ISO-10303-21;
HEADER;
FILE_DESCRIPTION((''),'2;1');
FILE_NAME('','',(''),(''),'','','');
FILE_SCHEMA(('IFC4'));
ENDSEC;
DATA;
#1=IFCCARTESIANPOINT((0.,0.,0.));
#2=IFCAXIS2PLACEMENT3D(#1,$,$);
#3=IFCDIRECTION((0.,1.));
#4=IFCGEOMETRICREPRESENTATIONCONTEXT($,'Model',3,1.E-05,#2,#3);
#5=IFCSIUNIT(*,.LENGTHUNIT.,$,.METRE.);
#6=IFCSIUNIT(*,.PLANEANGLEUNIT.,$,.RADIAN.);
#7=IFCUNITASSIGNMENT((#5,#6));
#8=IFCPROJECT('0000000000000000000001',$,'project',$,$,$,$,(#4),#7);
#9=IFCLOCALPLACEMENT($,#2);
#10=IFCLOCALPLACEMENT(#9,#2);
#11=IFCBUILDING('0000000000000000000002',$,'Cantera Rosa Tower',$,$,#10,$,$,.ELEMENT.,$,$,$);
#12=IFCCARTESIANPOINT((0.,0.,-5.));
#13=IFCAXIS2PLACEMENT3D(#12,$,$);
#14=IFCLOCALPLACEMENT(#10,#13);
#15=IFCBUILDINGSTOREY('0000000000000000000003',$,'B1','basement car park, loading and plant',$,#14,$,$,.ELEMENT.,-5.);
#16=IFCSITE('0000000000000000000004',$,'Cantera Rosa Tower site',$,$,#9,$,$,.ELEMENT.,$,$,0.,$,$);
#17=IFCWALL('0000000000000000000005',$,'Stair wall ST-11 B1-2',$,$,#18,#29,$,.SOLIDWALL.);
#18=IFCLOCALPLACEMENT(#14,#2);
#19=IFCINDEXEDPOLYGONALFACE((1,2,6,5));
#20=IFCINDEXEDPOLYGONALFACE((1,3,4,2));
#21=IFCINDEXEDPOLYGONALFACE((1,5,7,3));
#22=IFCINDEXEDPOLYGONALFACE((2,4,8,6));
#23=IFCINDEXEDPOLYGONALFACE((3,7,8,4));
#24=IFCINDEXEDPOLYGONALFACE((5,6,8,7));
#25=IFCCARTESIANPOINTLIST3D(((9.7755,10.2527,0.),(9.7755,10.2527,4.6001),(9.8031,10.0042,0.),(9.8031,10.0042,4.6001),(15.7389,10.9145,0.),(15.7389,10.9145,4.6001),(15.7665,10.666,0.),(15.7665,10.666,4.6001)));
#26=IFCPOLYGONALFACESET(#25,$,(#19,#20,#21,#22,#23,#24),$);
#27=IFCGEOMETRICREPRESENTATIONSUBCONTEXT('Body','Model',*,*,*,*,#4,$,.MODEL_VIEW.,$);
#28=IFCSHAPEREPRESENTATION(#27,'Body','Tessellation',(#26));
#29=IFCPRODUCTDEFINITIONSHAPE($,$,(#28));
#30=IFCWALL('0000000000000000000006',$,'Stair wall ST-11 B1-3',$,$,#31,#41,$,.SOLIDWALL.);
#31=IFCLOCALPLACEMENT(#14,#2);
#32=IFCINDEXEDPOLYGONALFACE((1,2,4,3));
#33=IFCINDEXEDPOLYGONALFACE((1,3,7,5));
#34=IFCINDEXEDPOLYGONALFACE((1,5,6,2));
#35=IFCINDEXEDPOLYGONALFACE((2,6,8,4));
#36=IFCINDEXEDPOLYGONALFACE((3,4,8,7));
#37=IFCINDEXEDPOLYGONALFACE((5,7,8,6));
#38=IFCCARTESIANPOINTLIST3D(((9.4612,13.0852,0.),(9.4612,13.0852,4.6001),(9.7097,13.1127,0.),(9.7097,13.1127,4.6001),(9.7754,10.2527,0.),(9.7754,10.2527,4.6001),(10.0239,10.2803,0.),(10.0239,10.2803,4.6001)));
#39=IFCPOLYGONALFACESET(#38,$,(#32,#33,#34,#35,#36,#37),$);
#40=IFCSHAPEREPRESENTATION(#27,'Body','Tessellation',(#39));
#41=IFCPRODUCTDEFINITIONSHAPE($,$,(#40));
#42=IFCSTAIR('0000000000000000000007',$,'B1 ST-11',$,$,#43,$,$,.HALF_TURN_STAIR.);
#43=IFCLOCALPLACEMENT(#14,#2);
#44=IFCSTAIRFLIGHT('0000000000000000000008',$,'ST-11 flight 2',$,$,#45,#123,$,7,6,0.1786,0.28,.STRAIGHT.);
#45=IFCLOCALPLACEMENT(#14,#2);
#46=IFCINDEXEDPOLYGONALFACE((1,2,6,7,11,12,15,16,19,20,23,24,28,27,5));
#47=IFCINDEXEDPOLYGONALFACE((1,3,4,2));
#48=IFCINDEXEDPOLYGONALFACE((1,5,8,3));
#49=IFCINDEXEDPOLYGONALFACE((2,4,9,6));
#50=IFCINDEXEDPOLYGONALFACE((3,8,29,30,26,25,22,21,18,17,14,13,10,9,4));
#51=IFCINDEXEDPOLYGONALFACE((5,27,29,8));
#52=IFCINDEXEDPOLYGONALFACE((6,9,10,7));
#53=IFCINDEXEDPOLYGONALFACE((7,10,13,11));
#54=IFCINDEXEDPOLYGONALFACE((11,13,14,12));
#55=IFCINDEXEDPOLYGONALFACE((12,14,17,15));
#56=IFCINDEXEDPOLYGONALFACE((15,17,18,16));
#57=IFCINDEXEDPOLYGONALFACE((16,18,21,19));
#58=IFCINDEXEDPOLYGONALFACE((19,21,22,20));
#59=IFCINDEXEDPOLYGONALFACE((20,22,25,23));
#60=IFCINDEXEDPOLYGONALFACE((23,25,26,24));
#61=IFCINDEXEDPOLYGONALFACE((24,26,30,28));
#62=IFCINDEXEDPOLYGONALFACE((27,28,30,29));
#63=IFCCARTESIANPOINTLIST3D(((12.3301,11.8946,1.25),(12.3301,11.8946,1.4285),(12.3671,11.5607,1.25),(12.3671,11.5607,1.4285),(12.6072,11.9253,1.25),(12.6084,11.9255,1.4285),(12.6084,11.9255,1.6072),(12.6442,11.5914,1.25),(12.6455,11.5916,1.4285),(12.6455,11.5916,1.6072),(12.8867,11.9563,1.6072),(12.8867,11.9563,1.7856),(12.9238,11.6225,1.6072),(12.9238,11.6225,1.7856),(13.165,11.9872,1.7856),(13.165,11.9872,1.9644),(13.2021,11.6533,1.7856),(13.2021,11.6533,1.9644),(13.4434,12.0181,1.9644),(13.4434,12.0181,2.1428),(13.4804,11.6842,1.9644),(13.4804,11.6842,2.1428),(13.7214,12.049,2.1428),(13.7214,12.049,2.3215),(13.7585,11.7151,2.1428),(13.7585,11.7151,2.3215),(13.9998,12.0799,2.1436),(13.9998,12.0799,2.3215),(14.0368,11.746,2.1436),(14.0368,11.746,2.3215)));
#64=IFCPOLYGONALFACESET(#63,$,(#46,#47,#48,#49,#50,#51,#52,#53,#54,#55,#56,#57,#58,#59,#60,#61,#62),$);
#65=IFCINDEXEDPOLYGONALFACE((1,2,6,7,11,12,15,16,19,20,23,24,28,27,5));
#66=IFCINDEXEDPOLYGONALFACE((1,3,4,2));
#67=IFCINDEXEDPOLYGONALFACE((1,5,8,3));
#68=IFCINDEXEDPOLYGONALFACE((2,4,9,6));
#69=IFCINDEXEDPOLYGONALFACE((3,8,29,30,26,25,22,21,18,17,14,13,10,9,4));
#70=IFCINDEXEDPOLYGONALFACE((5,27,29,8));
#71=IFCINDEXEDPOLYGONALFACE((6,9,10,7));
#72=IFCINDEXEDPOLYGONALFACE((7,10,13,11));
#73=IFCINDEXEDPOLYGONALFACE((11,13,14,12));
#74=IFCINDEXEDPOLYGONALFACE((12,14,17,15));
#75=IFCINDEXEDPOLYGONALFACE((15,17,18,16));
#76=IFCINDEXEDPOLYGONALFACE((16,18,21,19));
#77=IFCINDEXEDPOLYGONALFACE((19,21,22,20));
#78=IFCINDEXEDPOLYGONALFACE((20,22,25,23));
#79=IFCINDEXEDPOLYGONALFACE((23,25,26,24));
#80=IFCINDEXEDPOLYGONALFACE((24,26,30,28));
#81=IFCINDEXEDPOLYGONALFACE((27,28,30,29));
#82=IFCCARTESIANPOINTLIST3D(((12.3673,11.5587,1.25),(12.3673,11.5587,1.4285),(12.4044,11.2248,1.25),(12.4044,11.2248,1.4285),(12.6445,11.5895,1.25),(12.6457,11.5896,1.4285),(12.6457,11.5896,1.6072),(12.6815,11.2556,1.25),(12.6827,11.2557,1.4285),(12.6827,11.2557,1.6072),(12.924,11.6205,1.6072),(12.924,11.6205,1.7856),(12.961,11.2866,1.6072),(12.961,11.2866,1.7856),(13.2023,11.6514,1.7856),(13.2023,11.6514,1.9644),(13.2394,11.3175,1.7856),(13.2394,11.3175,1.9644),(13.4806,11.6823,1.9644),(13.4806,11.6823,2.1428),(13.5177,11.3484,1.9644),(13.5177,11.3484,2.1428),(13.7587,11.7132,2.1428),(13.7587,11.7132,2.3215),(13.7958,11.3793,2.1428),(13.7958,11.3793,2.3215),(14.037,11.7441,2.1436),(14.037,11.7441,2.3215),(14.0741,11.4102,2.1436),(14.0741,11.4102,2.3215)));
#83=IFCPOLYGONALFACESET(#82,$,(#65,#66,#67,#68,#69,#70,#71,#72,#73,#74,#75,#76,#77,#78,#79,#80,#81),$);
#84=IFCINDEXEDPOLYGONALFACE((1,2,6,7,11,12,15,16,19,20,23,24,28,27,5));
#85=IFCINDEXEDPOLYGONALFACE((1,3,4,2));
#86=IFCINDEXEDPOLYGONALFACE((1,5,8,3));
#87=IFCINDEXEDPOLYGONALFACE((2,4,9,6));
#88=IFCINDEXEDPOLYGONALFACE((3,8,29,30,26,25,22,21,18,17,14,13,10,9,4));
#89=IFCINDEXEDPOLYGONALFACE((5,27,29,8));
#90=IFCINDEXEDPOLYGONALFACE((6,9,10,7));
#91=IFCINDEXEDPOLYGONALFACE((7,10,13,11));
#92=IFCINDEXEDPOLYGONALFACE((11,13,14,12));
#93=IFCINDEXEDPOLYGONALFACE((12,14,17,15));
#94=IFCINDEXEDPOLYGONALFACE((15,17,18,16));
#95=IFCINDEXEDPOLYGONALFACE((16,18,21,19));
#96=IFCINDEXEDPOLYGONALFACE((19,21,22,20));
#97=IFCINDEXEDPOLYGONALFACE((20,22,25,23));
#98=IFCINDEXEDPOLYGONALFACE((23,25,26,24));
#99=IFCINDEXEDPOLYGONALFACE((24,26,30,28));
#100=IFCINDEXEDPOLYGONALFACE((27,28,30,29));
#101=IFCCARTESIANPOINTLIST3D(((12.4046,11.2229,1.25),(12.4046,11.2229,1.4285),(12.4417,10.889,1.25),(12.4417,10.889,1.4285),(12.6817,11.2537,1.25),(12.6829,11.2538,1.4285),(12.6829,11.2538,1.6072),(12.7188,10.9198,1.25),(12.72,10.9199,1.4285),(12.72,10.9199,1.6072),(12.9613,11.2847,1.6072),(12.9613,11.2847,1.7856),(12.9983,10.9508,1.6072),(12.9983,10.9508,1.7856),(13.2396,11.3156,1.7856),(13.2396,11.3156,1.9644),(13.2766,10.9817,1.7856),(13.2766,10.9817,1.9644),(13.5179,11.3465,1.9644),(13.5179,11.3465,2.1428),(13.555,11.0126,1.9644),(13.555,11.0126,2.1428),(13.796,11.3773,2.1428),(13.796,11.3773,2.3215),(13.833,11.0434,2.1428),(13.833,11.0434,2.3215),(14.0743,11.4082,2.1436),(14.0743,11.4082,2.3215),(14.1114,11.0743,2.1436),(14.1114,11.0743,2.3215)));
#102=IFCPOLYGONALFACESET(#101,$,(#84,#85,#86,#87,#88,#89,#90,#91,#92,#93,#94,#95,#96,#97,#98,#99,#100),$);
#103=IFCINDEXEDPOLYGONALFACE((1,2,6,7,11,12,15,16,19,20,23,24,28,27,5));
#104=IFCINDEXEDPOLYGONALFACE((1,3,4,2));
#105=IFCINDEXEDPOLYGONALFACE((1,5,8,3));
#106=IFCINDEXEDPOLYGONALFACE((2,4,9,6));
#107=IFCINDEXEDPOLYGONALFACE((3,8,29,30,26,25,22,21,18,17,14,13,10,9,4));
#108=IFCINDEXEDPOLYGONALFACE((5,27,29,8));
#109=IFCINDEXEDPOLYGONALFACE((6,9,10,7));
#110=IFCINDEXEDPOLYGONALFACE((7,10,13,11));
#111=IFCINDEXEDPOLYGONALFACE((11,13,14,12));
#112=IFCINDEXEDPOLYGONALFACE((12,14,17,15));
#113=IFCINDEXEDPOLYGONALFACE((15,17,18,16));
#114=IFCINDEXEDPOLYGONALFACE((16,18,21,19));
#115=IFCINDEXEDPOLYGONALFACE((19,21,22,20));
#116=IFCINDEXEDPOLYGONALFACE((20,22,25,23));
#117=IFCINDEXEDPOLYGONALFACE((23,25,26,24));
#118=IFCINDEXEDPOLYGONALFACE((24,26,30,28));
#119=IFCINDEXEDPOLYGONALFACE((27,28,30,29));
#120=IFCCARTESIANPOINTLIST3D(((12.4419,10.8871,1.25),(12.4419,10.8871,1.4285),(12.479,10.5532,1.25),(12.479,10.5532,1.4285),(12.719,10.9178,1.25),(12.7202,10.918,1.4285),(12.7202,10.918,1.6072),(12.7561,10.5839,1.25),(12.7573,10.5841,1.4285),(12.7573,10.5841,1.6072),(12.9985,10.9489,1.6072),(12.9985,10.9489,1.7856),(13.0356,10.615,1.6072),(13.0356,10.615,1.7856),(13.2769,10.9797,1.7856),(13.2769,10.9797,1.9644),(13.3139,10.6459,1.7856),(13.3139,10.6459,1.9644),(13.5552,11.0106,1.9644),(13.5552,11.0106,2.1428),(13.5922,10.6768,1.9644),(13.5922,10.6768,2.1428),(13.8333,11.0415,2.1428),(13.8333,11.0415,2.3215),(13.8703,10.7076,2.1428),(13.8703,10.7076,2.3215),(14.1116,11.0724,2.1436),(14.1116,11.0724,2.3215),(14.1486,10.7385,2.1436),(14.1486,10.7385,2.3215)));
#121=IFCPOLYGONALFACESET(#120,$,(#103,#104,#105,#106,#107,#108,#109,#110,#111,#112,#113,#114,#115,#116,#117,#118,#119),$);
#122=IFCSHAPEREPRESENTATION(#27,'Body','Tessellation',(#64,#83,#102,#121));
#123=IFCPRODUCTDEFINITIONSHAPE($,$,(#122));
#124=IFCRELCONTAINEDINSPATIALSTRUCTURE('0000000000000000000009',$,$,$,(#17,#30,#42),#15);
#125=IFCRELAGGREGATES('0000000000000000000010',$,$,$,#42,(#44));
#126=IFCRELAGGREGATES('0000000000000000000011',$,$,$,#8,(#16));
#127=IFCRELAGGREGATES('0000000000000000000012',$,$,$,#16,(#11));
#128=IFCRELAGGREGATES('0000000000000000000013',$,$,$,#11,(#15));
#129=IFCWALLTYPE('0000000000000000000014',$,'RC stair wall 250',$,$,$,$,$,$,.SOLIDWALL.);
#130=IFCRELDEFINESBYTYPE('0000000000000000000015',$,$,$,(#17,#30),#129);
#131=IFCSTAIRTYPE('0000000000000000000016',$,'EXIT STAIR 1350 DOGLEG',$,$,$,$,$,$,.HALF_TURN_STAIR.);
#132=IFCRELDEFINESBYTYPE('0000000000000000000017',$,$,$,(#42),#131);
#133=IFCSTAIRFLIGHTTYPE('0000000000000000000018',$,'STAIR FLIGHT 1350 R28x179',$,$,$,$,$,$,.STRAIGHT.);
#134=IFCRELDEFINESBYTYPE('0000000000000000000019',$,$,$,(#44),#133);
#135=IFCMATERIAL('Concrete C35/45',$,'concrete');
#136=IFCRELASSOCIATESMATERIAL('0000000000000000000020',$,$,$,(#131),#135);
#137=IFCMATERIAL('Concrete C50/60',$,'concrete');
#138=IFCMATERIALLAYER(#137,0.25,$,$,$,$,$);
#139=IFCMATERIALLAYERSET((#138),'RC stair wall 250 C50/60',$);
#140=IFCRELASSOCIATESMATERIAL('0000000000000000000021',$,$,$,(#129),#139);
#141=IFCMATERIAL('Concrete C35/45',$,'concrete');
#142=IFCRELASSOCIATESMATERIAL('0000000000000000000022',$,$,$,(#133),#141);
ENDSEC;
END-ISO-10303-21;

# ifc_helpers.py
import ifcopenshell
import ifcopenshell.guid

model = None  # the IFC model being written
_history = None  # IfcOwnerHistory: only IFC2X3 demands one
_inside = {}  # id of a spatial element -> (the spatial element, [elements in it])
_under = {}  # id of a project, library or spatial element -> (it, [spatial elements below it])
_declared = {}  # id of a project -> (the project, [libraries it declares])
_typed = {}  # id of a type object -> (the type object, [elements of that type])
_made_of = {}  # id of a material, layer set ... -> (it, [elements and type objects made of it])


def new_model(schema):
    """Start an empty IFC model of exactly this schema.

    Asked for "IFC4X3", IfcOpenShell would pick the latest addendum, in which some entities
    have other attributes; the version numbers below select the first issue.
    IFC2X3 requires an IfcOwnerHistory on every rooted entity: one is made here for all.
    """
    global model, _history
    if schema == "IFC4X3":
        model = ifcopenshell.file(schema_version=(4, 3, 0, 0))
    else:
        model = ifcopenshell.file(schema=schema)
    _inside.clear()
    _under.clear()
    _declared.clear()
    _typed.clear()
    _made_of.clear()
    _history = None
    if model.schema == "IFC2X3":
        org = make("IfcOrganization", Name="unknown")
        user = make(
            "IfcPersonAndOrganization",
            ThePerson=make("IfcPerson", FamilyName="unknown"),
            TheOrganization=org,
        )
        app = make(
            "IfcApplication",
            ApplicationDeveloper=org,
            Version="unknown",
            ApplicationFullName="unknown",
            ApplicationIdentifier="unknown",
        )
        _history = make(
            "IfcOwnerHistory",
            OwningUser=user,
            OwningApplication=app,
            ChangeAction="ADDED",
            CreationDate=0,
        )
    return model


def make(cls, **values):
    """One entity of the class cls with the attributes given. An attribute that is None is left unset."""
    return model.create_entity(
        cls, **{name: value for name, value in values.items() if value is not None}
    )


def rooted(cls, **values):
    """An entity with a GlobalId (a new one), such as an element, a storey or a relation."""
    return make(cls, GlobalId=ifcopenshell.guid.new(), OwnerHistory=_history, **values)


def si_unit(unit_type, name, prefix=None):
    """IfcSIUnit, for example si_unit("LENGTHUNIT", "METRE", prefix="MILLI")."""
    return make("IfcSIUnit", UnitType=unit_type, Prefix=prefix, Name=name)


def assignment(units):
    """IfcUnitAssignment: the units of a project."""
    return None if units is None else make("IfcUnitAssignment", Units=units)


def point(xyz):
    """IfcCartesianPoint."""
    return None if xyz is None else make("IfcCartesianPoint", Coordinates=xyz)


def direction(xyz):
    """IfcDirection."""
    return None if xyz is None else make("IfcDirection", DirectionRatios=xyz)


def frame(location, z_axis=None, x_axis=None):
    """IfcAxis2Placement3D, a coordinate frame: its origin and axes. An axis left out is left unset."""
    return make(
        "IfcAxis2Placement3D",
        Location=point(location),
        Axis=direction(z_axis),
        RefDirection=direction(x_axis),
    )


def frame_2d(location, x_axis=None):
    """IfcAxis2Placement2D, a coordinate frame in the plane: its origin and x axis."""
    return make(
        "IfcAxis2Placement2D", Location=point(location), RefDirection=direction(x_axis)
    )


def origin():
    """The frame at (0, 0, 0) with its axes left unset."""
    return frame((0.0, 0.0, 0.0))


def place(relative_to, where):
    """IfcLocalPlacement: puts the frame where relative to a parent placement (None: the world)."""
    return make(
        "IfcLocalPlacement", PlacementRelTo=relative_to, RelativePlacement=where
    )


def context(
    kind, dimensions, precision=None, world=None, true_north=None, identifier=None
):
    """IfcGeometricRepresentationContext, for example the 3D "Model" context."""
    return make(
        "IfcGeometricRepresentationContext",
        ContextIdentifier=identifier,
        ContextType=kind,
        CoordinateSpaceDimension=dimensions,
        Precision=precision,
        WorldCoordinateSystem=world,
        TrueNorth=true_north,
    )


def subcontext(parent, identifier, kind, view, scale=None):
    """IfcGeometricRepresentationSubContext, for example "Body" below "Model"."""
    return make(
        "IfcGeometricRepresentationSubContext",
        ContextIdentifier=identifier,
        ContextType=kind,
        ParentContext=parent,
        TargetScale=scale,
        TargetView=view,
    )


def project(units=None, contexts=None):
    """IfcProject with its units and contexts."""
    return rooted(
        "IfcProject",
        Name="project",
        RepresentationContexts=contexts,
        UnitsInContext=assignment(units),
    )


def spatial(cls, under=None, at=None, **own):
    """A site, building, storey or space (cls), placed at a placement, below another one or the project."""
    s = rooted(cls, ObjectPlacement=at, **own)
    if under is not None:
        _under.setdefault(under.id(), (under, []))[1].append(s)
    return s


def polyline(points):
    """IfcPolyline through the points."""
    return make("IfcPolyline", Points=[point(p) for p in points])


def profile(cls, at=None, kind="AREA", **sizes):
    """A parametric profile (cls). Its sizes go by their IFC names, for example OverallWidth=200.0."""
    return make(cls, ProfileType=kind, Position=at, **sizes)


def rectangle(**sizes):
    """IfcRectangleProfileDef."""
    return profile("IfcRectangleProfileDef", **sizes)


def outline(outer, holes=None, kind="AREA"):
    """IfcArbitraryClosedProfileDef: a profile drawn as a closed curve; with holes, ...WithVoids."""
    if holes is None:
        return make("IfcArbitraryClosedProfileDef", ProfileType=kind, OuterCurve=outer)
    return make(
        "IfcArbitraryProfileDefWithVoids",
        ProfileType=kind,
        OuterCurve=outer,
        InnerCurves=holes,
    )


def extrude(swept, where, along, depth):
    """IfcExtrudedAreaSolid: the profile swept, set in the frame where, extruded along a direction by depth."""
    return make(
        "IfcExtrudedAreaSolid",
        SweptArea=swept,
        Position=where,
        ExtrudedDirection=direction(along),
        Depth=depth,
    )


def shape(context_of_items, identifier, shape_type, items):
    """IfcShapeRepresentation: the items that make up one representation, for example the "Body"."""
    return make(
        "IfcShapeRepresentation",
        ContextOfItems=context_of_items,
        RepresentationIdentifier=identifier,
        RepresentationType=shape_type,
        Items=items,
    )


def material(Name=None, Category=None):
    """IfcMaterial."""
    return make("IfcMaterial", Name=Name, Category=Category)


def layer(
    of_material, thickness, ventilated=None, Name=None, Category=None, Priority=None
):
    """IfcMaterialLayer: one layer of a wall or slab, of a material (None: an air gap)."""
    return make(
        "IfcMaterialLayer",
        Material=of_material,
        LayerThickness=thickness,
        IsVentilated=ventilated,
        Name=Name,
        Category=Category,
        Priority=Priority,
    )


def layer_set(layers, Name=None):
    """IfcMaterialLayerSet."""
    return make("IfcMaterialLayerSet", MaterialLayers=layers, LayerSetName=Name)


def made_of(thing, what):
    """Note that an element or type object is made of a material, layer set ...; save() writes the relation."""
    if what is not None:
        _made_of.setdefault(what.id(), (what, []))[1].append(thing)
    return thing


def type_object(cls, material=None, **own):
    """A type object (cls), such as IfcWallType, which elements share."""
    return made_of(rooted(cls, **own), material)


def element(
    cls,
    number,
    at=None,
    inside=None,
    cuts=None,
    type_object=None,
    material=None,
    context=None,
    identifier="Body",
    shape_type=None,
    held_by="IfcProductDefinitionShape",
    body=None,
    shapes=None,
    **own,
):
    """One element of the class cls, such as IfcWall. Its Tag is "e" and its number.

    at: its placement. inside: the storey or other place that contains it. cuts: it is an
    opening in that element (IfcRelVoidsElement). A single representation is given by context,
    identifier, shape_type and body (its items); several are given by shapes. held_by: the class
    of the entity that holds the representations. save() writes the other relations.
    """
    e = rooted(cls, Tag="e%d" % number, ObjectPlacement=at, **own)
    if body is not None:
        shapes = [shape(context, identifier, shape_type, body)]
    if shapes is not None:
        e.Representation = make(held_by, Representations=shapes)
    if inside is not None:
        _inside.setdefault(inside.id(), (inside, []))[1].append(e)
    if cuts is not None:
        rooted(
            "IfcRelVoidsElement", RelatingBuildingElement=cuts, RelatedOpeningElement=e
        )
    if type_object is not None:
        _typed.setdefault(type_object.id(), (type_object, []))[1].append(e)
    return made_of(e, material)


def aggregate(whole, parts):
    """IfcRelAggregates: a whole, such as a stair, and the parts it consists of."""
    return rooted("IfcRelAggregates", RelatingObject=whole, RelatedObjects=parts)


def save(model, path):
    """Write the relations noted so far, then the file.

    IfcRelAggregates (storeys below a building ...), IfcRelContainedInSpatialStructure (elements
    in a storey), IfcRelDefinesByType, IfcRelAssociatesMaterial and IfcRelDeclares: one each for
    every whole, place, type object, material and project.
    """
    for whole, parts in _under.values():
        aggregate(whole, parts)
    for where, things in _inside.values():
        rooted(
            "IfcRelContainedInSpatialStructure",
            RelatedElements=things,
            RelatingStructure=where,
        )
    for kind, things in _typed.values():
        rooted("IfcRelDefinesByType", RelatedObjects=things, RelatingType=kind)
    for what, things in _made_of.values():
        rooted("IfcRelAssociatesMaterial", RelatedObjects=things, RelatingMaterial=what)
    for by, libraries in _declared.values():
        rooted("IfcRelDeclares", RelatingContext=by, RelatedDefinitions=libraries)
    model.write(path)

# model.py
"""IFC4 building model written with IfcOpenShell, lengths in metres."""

from ifc_helpers import new_model, si_unit, direction, frame, frame_2d, origin, place, context, subcontext, project, spatial, polyline, rectangle, outline, extrude, material, layer, layer_set, type_object, element, aggregate, save


model = new_model("IFC4")

# Units and contexts
model_context = context("Model", 3, precision=1e-05, world=origin(), true_north=direction((0.0, 1.0)))
body_context = subcontext(model_context, "Body", "Model", "MODEL_VIEW")
ifc_project = project(units=[si_unit("LENGTHUNIT", "METRE"), si_unit("PLANEANGLEUNIT", "RADIAN")], contexts=[model_context])

# Site, building, storey
site_placement = place(None, origin())
site = spatial("IfcSite", under=ifc_project, at=site_placement, Name="Cantera Rosa Tower site", CompositionType="ELEMENT", RefElevation=0.0)
building_placement = place(site_placement, origin())
building = spatial("IfcBuilding", under=site, at=building_placement, Name="Cantera Rosa Tower", CompositionType="ELEMENT")
storey_placement = place(building_placement, frame((0.0, 0.0, -5.0)))
storey = spatial("IfcBuildingStorey", under=building, at=storey_placement, Name="B1", Description="basement car park, loading and plant", CompositionType="ELEMENT", Elevation=-5.0)

# Shared definitions
ifc_material_1 = material(Name="Concrete C35/45", Category="concrete")
stair_type_1 = type_object("IfcStairType", Name="EXIT STAIR 1350 DOGLEG", PredefinedType="HALF_TURN_STAIR", material=ifc_material_1)

# Walls
ifc_material_2 = material(Name="Concrete C50/60", Category="concrete")
ifc_layer_1 = layer(ifc_material_2, 0.25)
ifc_layer_set_1 = layer_set([ifc_layer_1], Name="RC stair wall 250 C50/60")
wall_type_1 = type_object("IfcWallType", Name="RC stair wall 250", PredefinedType="SOLIDWALL", material=ifc_layer_set_1)
wall_1_placement = place(storey_placement, frame((15.7527, 10.7903, 0.0), z_axis=(0.0, 0.0, 1.0), x_axis=(-0.993897, -0.110311, 0.0)))
element("IfcWall", 1, at=wall_1_placement, inside=storey, type_object=wall_type_1, Name="Stair wall ST-11 B1-2", PredefinedType="SOLIDWALL", context=body_context, shape_type="SweptSolid", body=[
    extrude(rectangle(XDim=6.0, YDim=0.25, at=frame_2d((3.0, 0.0))), origin(), (0.0, 0.0, 1.0), 4.6001),
])
wall_2_placement = place(storey_placement, frame((9.8997, 10.2666, 0.0), z_axis=(0.0, 0.0, 1.0), x_axis=(-0.110253, 0.993904, 0.0)))
element("IfcWall", 2, at=wall_2_placement, inside=storey, type_object=wall_type_1, Name="Stair wall ST-11 B1-3", PredefinedType="SOLIDWALL", context=body_context, shape_type="SweptSolid", body=[
    extrude(rectangle(XDim=2.8499, YDim=0.25, at=frame_2d((1.4248, 0.0))), origin(), (0.0, 0.0, 1.0), 4.6001),
])

# Stair, stair flight
stair_1_placement = place(storey_placement, origin())
stair_1 = element("IfcStair", 3, at=stair_1_placement, inside=storey, type_object=stair_type_1, Name="B1 ST-11", PredefinedType="HALF_TURN_STAIR")
ifc_material_3 = material(Name="Concrete C35/45", Category="concrete")
stair_flight_type = type_object("IfcStairFlightType", Name="STAIR FLIGHT 1350 R28x179", PredefinedType="STRAIGHT", material=ifc_material_3)
stair_flight_1_placement = place(storey_placement, frame((12.4045, 11.2236, 1.25), z_axis=(0.0, 0.0, 1.0), x_axis=(0.993897, 0.110313, 0.0)))
stair_flight_1 = element("IfcStairFlight", 4, at=stair_flight_1_placement, type_object=stair_flight_type, Name="ST-11 flight 2", NumberOfRisers=7, NumberOfTreads=6, PredefinedType="STRAIGHT", RiserHeight=0.1786, TreadLength=0.28, context=body_context, shape_type="SweptSolid", body=[
    extrude(outline(polyline([(0.0, 0.0), (0.0, 0.1785), (0.28, 0.1785), (0.28, 0.3572), (0.5601, 0.3572), (0.5601, 0.5356), (0.8401, 0.5356), (0.8401, 0.7144), (1.1201, 0.7144), (1.1201, 0.8928), (1.3999, 0.8928), (1.3999, 1.0715), (1.6799, 1.0715), (1.6799, 1.25), (1.6799, 0.8936), (0.2788, 0.0), (0.0, 0.0)])), frame((0.0, 0.675, 0.0), z_axis=(0.0, -1.0, 0.0), x_axis=(1.0, 0.0, 0.0)), (0.0, 0.0, 1.0), 0.3359),
    extrude(outline(polyline([(0.0, 0.0), (0.0, 0.1785), (0.28, 0.1785), (0.28, 0.3572), (0.5601, 0.3572), (0.5601, 0.5356), (0.8401, 0.5356), (0.8401, 0.7144), (1.1201, 0.7144), (1.1201, 0.8928), (1.3999, 0.8928), (1.3999, 1.0715), (1.6799, 1.0715), (1.6799, 1.25), (1.6799, 0.8936), (0.2788, 0.0), (0.0, 0.0)])), frame((0.0, 0.3372, 0.0), z_axis=(0.0, -1.0, 0.0), x_axis=(1.0, 0.0, 0.0)), (0.0, 0.0, 1.0), 0.3359),
    extrude(outline(polyline([(0.0, 0.0), (0.0, 0.1785), (0.28, 0.1785), (0.28, 0.3572), (0.5601, 0.3572), (0.5601, 0.5356), (0.8401, 0.5356), (0.8401, 0.7144), (1.1201, 0.7144), (1.1201, 0.8928), (1.3999, 0.8928), (1.3999, 1.0715), (1.6799, 1.0715), (1.6799, 1.25), (1.6799, 0.8936), (0.2788, 0.0), (0.0, 0.0)])), frame((0.0, -0.0007, 0.0), z_axis=(0.0, -1.0, 0.0), x_axis=(1.0, 0.0, 0.0)), (0.0, 0.0, 1.0), 0.3359),
    extrude(outline(polyline([(0.0, 0.0), (0.0, 0.1785), (0.28, 0.1785), (0.28, 0.3572), (0.5601, 0.3572), (0.5601, 0.5356), (0.8401, 0.5356), (0.8401, 0.7144), (1.1201, 0.7144), (1.1201, 0.8928), (1.3999, 0.8928), (1.3999, 1.0715), (1.6799, 1.0715), (1.6799, 1.25), (1.6799, 0.8936), (0.2788, 0.0), (0.0, 0.0)])), frame((0.0, -0.3386, 0.0), z_axis=(0.0, -1.0, 0.0), x_axis=(1.0, 0.0, 0.0)), (0.0, 0.0, 1.0), 0.3359),
])
aggregate(stair_1, [stair_flight_1])

save(model, "model.ifc")
